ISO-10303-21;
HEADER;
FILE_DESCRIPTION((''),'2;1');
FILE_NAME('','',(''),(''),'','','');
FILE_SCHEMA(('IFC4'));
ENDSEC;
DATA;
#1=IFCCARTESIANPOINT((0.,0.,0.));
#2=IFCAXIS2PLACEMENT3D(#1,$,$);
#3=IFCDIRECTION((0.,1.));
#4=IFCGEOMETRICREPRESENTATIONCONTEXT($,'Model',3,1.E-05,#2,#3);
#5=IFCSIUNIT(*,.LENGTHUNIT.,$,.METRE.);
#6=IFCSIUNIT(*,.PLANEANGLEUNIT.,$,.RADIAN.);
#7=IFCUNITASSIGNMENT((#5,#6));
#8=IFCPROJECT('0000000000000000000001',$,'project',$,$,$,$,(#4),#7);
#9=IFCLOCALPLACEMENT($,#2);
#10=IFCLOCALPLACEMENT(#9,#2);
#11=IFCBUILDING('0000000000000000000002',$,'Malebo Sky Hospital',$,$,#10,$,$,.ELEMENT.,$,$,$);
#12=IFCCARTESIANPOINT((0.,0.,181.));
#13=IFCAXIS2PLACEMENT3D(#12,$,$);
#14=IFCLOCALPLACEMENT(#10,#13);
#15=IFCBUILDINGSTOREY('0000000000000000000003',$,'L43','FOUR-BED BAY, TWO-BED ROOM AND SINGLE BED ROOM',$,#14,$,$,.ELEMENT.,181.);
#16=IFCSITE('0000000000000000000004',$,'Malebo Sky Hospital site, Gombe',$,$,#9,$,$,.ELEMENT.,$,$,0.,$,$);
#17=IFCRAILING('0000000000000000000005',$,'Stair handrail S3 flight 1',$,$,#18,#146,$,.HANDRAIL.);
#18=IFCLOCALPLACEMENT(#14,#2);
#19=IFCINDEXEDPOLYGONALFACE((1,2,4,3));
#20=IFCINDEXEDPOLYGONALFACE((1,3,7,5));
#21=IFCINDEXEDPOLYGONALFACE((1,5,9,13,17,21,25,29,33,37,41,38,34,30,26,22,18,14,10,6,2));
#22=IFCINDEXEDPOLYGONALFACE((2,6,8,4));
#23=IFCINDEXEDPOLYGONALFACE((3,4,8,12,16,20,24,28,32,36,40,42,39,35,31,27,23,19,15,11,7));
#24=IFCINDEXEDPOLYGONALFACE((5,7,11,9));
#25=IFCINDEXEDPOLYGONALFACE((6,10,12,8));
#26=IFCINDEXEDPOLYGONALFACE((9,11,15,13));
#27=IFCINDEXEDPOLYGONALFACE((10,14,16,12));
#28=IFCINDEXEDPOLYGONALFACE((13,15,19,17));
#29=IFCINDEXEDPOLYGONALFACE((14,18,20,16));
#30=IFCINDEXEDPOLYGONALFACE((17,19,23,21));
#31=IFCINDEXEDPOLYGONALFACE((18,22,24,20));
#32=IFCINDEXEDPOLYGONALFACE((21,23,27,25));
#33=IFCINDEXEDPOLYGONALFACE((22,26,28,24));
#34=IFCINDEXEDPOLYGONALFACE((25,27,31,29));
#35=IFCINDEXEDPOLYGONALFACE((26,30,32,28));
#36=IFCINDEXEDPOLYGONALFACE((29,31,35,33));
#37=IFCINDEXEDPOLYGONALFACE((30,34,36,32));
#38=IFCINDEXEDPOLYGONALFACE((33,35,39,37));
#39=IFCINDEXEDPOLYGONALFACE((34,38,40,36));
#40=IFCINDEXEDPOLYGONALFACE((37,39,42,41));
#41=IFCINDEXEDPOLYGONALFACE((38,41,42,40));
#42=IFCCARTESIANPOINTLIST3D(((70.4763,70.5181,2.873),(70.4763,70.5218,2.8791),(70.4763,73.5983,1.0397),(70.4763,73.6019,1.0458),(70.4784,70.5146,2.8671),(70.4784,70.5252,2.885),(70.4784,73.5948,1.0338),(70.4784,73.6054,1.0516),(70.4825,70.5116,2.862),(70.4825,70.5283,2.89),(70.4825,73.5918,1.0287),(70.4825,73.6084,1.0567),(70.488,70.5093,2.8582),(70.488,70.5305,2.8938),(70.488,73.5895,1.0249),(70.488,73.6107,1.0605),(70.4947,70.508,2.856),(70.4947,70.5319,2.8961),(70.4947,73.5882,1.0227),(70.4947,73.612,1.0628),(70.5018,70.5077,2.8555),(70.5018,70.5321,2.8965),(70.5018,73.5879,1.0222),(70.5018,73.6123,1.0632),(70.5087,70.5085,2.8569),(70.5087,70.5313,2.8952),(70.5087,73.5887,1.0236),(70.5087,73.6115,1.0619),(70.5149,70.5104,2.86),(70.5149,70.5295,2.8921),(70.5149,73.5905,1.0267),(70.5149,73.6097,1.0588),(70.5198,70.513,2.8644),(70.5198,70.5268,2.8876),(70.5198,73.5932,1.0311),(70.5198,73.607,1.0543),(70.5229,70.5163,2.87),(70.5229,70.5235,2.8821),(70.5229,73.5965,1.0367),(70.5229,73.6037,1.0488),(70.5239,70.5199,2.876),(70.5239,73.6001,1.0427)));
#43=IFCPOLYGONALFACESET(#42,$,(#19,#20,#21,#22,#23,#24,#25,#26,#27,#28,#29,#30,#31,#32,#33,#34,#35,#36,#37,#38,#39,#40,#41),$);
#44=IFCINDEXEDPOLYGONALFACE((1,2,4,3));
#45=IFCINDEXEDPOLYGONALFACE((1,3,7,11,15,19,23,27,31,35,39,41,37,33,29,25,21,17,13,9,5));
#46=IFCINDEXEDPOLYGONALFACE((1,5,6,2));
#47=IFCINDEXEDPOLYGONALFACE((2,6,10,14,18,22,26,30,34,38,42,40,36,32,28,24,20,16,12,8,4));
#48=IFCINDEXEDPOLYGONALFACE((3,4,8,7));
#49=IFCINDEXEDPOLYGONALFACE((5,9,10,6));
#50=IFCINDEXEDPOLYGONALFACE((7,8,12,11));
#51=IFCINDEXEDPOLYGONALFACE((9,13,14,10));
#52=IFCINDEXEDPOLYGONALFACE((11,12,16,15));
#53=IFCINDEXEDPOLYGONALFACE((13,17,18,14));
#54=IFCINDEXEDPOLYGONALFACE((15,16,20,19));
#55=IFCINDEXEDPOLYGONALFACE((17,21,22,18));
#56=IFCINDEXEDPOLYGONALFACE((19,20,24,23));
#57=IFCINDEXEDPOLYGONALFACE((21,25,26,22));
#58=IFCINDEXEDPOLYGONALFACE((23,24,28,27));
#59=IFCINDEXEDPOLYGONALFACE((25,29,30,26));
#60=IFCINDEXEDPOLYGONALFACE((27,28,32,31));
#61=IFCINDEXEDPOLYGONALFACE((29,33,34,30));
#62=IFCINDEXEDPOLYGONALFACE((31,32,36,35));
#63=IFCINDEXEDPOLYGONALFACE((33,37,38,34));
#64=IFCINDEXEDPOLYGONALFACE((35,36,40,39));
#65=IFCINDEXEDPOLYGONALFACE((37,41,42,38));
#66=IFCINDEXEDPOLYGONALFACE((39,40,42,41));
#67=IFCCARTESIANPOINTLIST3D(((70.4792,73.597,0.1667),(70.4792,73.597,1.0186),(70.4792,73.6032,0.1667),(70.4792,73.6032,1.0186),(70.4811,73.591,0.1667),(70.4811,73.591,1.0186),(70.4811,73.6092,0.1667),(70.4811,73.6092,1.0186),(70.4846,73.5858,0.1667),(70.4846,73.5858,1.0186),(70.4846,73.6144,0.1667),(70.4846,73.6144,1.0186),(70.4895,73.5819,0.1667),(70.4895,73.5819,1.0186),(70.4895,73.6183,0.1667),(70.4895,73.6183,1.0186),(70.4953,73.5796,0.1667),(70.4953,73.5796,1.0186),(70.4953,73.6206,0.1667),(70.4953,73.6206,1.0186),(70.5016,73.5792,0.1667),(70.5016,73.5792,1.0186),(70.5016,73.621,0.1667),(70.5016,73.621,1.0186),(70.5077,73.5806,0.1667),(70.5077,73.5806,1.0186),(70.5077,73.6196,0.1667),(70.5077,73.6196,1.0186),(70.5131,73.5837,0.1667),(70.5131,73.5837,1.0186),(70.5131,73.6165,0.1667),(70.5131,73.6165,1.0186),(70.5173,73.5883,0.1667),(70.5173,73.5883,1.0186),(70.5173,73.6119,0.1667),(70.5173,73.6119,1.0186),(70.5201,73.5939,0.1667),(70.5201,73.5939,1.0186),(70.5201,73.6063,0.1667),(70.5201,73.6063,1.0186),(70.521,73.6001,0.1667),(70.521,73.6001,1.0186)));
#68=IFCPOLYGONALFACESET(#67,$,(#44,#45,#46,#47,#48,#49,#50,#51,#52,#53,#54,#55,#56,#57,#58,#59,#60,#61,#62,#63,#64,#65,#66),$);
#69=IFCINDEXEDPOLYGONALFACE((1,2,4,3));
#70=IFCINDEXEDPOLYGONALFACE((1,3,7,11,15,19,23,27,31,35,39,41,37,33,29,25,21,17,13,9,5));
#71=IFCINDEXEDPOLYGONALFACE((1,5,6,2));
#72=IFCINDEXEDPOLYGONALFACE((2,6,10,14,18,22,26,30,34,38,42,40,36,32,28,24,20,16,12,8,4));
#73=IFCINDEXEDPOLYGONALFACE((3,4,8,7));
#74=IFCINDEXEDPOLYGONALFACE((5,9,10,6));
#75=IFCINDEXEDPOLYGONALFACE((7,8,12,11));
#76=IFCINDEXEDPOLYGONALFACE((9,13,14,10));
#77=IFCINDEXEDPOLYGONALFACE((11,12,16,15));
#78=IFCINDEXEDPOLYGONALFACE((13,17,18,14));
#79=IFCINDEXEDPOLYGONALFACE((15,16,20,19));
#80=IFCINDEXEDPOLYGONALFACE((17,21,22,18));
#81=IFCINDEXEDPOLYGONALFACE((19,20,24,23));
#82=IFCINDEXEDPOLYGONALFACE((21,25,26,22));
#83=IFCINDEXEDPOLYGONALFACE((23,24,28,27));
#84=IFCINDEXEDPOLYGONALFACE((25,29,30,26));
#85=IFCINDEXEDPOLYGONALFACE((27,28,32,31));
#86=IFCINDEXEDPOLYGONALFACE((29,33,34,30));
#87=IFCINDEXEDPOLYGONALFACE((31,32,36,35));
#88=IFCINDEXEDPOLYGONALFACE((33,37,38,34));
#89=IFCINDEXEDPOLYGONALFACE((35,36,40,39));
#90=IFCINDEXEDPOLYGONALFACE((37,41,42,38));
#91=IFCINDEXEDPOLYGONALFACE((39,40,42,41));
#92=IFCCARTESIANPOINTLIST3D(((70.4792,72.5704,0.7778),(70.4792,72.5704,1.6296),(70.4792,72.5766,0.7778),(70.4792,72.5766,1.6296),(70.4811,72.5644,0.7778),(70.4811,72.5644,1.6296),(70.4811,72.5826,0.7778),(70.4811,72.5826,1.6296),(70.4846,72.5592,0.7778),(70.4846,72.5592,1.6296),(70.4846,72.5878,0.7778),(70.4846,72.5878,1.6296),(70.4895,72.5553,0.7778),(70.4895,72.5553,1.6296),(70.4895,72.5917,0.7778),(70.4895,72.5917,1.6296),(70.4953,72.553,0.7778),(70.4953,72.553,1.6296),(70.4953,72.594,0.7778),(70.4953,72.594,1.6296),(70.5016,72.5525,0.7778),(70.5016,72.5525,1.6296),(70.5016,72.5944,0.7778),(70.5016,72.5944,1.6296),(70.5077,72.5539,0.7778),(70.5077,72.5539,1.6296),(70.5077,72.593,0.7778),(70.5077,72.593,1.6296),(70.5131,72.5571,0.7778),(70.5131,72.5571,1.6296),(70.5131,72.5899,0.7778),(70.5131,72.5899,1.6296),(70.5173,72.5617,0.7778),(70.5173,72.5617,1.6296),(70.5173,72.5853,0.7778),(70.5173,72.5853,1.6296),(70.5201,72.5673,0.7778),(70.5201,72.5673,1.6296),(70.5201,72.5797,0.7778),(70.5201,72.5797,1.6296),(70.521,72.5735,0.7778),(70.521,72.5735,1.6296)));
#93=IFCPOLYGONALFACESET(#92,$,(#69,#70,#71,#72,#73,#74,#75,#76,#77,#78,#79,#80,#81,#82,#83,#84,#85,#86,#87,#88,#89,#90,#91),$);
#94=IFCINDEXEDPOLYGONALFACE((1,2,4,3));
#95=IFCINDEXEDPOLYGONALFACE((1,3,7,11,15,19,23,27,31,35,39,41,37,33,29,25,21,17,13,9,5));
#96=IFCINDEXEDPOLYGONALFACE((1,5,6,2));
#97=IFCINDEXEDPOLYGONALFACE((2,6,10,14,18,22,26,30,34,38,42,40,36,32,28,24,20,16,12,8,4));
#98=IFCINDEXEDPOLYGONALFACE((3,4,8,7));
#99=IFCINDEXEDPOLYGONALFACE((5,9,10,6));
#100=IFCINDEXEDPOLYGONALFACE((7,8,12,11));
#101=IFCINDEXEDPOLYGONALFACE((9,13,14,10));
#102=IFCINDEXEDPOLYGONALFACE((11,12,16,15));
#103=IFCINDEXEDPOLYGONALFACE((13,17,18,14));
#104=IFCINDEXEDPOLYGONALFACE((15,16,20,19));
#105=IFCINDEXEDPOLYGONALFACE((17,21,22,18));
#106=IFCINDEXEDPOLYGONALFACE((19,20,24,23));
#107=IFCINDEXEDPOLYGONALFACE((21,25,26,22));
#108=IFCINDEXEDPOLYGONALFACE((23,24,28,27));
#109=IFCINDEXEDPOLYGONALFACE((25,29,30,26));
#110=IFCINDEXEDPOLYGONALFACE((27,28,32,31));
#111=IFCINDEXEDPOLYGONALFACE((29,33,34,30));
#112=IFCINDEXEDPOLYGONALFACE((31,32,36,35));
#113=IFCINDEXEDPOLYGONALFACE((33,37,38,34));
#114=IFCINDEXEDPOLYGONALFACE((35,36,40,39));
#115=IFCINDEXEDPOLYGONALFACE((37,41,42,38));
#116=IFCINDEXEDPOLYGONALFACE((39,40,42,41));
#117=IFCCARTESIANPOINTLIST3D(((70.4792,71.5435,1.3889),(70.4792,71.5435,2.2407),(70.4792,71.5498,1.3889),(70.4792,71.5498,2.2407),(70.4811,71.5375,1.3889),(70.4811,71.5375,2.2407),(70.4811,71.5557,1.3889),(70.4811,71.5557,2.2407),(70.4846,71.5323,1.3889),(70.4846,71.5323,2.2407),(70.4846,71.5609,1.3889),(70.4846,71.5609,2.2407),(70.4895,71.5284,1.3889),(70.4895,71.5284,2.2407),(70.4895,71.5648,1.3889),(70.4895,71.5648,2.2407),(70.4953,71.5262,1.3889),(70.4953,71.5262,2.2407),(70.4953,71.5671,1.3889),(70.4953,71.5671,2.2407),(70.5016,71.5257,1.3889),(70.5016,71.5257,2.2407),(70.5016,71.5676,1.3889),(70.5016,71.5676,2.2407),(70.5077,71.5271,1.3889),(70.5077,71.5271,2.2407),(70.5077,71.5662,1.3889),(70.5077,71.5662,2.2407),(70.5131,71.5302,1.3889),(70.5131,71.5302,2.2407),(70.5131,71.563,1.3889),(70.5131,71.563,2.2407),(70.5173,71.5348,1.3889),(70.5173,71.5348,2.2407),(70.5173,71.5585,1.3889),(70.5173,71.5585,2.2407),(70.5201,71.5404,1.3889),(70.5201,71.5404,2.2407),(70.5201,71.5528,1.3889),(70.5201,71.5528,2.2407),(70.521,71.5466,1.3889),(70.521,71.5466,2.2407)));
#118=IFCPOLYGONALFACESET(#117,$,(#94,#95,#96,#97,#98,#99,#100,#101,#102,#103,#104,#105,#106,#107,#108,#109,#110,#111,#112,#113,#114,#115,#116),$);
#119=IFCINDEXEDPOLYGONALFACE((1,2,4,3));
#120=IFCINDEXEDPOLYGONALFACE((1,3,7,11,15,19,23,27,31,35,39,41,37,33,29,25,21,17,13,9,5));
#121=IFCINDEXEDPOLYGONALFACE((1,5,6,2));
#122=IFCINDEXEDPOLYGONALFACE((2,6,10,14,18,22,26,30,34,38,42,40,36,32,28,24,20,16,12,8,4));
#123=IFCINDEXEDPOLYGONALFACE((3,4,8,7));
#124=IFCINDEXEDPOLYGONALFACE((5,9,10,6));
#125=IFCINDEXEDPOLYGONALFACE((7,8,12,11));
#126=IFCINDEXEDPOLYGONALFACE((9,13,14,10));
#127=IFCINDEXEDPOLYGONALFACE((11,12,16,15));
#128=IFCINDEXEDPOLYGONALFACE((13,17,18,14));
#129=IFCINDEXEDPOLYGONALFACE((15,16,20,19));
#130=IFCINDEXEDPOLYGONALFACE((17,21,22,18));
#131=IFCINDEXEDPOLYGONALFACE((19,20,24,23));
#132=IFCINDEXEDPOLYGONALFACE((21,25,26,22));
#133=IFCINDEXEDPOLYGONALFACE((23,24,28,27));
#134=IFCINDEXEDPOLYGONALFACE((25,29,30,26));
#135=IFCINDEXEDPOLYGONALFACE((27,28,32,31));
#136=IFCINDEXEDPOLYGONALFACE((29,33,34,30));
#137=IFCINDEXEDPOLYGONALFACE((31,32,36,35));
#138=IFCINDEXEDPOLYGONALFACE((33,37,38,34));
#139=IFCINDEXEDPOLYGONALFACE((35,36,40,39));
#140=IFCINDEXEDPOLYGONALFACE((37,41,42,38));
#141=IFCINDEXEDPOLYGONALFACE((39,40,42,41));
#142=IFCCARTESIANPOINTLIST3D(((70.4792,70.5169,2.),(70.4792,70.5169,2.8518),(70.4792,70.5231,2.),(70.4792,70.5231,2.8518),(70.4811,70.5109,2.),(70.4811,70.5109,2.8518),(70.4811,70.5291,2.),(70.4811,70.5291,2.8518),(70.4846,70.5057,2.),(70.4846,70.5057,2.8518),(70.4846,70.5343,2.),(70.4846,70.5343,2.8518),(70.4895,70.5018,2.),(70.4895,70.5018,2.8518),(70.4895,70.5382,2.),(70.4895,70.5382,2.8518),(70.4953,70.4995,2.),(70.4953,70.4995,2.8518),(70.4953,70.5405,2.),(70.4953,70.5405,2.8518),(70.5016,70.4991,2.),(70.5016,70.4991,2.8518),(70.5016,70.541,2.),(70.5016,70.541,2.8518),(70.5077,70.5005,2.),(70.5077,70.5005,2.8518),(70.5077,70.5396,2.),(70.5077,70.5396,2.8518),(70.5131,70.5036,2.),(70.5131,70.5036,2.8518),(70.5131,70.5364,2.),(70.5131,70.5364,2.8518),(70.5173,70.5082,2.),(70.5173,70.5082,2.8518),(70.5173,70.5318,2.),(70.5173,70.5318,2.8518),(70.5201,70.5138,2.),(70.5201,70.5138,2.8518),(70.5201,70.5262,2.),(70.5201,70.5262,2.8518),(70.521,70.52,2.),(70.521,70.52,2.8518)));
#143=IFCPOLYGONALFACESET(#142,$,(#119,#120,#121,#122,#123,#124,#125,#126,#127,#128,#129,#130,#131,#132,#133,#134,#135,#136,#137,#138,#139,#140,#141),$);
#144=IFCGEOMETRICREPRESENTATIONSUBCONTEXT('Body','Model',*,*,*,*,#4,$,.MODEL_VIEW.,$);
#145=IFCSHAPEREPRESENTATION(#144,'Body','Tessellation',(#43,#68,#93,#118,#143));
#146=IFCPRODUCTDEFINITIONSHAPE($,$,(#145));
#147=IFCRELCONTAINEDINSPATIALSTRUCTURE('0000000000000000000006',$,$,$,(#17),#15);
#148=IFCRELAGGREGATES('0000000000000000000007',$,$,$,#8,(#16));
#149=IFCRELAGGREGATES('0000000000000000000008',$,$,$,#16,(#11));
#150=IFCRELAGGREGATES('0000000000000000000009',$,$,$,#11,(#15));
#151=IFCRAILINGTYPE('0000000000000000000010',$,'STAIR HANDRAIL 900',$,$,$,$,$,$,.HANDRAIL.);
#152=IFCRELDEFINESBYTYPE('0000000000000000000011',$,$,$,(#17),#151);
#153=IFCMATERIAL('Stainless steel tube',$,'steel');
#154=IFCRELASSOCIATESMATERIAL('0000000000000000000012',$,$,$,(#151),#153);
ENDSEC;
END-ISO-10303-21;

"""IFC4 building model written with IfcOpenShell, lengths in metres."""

from ifc_helpers import new_model, si_unit, direction, frame, origin, origin_2d, place, context, subcontext, project, spatial, circle, extrude, material, type_object, element, save


model = new_model("IFC4")

# Units and contexts
model_context = context("Model", 3, precision=1e-05, world=origin(), true_north=direction((0.0, 1.0)))
body_context = subcontext(model_context, "Body", "Model", "MODEL_VIEW")
ifc_project = project(units=[si_unit("LENGTHUNIT", "METRE"), si_unit("PLANEANGLEUNIT", "RADIAN")], contexts=[model_context])

# Site, building, storey
site_placement = place(None, origin())
site = spatial("IfcSite", under=ifc_project, at=site_placement, Name="Malebo Sky Hospital site, Gombe", CompositionType="ELEMENT", RefElevation=0.0)
building_placement = place(site_placement, origin())
building = spatial("IfcBuilding", under=site, at=building_placement, Name="Malebo Sky Hospital", CompositionType="ELEMENT")
storey_placement = place(building_placement, frame((0.0, 0.0, 181.0)))
storey = spatial("IfcBuildingStorey", under=building, at=storey_placement, Name="L43", Description="FOUR-BED BAY, TWO-BED ROOM AND SINGLE BED ROOM", CompositionType="ELEMENT", Elevation=181.0)

# Railing
ifc_material_1 = material(Name="Stainless steel tube", Category="steel")
railing_type = type_object("IfcRailingType", Name="STAIR HANDRAIL 900", PredefinedType="HANDRAIL", material=ifc_material_1)
railing_1_placement = place(storey_placement, frame((70.5, 73.6001, 0.1667)))
element("IfcRailing", 1, at=railing_1_placement, inside=storey, type_object=railing_type, Name="Stair handrail S3 flight 1", PredefinedType="HANDRAIL", context=body_context, shape_type="SweptSolid", body=[
    extrude(circle(Radius=0.0239, at=origin_2d()), frame((0.0, 0.0, 0.876), z_axis=(0.0, -0.859309, 0.511458), x_axis=(1.0, 0.0, 0.0)), (0.0, 0.0, 1.0), 3.5845),
    extrude(circle(Radius=0.021, at=origin_2d()), origin(), (0.0, 0.0, 1.0), 0.8518),
    extrude(circle(Radius=0.021, at=origin_2d()), frame((0.0, -1.0266, 0.6111)), (0.0, 0.0, 1.0), 0.8518),
    extrude(circle(Radius=0.021, at=origin_2d()), frame((0.0, -2.0535, 1.2222)), (0.0, 0.0, 1.0), 0.8518),
    extrude(circle(Radius=0.021, at=origin_2d()), frame((0.0, -3.0801, 1.8333)), (0.0, 0.0, 1.0), 0.8518),
])

save(model, "model.ifc")
